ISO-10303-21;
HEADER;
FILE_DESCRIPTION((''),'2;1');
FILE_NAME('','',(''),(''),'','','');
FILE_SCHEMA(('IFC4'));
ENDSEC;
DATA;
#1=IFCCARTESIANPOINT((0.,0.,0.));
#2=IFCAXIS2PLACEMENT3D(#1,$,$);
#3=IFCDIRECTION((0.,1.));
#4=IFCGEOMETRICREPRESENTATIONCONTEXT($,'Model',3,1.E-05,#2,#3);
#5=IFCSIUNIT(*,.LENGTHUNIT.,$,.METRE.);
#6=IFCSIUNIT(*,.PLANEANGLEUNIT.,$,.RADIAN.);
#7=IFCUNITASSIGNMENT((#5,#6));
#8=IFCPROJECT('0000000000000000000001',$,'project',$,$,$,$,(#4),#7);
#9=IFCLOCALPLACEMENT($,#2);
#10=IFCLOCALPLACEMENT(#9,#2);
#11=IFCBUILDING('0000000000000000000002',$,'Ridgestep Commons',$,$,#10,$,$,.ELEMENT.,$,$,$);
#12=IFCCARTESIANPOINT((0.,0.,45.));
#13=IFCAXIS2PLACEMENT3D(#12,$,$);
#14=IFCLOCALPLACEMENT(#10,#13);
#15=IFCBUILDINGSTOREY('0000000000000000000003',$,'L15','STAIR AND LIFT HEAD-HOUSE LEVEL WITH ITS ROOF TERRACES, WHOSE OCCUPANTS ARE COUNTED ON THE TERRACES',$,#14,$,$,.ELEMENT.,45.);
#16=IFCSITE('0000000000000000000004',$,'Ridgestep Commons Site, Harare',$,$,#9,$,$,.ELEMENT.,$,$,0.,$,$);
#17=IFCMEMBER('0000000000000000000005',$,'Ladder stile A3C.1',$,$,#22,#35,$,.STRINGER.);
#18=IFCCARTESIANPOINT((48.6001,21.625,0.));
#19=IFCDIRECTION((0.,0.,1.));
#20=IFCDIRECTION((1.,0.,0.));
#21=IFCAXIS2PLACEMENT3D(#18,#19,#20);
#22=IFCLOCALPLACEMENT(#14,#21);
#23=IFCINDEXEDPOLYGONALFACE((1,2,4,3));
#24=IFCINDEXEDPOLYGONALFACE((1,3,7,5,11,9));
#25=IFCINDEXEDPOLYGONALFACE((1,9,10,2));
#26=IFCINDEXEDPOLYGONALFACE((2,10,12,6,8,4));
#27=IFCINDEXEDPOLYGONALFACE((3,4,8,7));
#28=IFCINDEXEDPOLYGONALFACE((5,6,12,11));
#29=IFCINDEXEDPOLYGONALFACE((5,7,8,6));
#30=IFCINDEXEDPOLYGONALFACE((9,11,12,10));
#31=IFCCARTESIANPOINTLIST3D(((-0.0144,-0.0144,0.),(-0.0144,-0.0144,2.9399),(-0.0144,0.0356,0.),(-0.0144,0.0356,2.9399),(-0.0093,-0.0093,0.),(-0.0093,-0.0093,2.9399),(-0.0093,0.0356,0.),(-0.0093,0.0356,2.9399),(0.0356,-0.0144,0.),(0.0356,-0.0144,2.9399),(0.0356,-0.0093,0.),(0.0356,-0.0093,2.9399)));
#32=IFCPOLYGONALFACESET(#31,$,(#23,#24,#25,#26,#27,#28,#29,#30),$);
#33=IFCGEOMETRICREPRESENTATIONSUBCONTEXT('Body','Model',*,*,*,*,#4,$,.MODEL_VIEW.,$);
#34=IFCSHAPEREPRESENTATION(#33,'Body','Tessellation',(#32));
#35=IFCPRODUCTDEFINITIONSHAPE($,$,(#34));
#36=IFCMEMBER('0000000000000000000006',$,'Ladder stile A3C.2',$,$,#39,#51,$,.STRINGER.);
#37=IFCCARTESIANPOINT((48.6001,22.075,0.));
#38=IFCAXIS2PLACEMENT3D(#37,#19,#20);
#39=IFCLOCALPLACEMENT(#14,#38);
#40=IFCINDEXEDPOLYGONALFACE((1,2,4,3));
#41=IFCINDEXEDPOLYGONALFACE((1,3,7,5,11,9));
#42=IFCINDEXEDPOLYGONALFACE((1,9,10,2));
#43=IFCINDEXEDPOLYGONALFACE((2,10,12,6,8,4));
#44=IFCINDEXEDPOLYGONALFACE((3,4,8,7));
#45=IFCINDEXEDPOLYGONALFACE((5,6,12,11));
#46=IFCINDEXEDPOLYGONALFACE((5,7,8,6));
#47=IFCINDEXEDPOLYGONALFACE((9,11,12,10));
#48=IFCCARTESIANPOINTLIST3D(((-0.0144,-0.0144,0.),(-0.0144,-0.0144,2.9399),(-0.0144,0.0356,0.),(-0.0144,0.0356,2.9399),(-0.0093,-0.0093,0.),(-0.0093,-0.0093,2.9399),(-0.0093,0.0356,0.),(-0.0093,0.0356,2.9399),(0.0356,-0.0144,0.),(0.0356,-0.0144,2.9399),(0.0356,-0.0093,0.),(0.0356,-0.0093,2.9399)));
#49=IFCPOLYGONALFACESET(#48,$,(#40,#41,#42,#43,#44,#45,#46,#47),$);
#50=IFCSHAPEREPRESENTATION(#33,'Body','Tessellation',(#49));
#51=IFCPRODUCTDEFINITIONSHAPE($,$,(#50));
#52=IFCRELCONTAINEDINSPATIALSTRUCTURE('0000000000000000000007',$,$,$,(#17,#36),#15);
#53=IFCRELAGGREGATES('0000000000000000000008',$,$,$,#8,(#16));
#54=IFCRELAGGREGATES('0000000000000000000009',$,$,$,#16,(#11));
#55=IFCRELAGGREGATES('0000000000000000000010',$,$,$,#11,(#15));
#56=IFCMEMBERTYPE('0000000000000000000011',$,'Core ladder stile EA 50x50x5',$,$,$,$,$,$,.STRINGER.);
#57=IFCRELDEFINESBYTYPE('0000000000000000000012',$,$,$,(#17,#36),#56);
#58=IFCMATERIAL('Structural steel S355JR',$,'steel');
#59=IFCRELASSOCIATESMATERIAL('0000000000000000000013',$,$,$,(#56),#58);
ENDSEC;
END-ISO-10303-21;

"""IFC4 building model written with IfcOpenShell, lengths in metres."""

from ifc_helpers import new_model, si_unit, direction, frame, origin, place, context, subcontext, project, spatial, polyline, outline, extrude, material, material_profile, profile_set, type_object, element, save


model = new_model("IFC4")

# Units and contexts
model_context = context("Model", 3, precision=1e-05, world=origin(), true_north=direction((0.0, 1.0)))
body_context = subcontext(model_context, "Body", "Model", "MODEL_VIEW")
ifc_project = project(units=[si_unit("LENGTHUNIT", "METRE"), si_unit("PLANEANGLEUNIT", "RADIAN")], contexts=[model_context])

# Site, building, storey
site_placement = place(None, origin())
site = spatial("IfcSite", under=ifc_project, at=site_placement, Name="Ridgestep Commons Site, Harare", CompositionType="ELEMENT", RefElevation=0.0)
building_placement = place(site_placement, origin())
building = spatial("IfcBuilding", under=site, at=building_placement, Name="Ridgestep Commons", CompositionType="ELEMENT")
storey_placement = place(building_placement, frame((0.0, 0.0, 45.0)))
storey = spatial("IfcBuildingStorey", under=building, at=storey_placement, Name="L15", Description="STAIR AND LIFT HEAD-HOUSE LEVEL WITH ITS ROOF TERRACES, WHOSE OCCUPANTS ARE COUNTED ON THE TERRACES", CompositionType="ELEMENT", Elevation=45.0)

# Members
ifc_material_1 = material(Name="Structural steel S355JR", Category="steel")
ifc_material_profile_1 = material_profile(ifc_material_1, outline(polyline([(-0.0144, -0.0144), (0.0356, -0.0144), (0.0356, -0.0093), (-0.0093, -0.0093), (-0.0093, 0.0356), (-0.0144, 0.0356), (-0.0144, -0.0144)])), Name="EA 50x50x5")
ifc_profile_set_1 = profile_set([ifc_material_profile_1], Name="Structural steel S355JR")
member_type_1 = type_object("IfcMemberType", Name="Core ladder stile EA 50x50x5", PredefinedType="STRINGER", material=ifc_profile_set_1)
for number, where, z_axis, x_axis, name in (
    (1, (48.6001, 21.625, 0.0), (0.0, 0.0, 1.0), (1.0, 0.0, 0.0), "Ladder stile A3C.1"),
    (2, (48.6001, 22.075, 0.0), (0.0, 0.0, 1.0), (1.0, 0.0, 0.0), "Ladder stile A3C.2"),
):
    element("IfcMember", number, at=place(storey_placement, frame(where, z_axis=z_axis, x_axis=x_axis)), inside=storey, type_object=member_type_1, Name=name, PredefinedType="STRINGER", context=body_context, shape_type="SweptSolid", body=[
        extrude(outline(polyline([(-0.0144, -0.0144), (0.0356, -0.0144), (0.0356, -0.0093), (-0.0093, -0.0093), (-0.0093, 0.0356), (-0.0144, 0.0356), (-0.0144, -0.0144)])), origin(), (0.0, 0.0, 1.0), 2.9399),
    ])

save(model, "model.ifc")
